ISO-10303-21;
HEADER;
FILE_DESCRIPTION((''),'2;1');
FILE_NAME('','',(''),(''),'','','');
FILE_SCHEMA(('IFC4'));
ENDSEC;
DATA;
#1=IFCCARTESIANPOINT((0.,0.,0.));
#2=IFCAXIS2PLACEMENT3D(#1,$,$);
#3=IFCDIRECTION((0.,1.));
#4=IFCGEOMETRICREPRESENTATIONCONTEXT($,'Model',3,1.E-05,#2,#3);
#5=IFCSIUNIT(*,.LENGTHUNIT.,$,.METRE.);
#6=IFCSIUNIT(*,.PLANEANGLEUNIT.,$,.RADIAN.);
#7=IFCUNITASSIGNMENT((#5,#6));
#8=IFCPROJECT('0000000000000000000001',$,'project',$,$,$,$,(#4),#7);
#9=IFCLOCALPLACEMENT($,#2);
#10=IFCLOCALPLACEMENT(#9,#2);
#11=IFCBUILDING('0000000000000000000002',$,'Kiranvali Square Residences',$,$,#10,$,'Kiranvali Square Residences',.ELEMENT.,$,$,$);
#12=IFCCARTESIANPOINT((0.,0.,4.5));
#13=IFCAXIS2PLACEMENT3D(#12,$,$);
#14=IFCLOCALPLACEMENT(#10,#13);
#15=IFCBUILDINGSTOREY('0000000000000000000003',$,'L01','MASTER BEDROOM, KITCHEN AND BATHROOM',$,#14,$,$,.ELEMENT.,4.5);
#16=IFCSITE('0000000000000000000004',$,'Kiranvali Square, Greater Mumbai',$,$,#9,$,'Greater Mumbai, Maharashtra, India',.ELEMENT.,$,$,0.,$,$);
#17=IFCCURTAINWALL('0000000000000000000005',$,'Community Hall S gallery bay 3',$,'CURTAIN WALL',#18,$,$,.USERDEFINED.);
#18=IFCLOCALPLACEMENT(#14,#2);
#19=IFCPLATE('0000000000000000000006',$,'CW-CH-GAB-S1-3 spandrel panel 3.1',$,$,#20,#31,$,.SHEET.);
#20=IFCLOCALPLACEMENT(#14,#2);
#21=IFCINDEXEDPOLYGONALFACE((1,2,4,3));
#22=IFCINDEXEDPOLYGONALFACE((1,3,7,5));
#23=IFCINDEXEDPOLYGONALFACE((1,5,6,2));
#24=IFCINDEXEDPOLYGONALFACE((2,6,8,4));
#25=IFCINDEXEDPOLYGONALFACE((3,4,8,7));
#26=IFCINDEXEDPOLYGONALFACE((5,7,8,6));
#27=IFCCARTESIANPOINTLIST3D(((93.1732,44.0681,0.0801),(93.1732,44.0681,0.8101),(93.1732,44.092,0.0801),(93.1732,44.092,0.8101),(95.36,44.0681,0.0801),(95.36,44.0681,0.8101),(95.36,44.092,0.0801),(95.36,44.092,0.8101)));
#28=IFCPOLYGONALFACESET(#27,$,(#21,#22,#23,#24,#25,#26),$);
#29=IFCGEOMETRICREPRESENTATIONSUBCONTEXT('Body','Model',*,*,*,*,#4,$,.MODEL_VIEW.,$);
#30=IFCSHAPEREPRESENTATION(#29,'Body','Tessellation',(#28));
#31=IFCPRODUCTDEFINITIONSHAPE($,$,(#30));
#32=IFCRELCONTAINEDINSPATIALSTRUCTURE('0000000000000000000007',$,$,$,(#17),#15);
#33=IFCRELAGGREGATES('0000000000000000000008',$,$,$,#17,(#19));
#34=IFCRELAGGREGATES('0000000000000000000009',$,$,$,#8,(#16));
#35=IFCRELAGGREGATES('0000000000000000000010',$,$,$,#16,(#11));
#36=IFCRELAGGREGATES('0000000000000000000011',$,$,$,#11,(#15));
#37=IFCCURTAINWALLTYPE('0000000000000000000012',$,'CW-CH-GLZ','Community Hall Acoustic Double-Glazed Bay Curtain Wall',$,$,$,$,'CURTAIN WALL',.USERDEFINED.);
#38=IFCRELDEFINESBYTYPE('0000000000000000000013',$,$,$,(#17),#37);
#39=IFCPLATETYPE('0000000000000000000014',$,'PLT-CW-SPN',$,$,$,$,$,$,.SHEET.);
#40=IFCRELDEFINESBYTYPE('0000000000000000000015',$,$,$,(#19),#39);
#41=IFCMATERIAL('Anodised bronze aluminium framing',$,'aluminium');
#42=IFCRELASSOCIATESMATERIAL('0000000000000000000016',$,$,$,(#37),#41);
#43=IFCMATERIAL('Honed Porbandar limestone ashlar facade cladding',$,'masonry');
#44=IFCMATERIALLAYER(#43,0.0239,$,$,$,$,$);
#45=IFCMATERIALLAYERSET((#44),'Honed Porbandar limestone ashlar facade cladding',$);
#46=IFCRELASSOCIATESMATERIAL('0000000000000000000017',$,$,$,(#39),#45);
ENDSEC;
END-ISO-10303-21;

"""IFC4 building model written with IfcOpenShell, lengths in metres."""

from ifc_helpers import new_model, si_unit, direction, frame, origin, origin_2d, place, context, subcontext, project, spatial, rectangle, extrude, material, layer, layer_set, type_object, element, aggregate, save


model = new_model("IFC4")

# Units and contexts
model_context = context("Model", 3, precision=1e-05, world=origin(), true_north=direction((0.0, 1.0)))
body_context = subcontext(model_context, "Body", "Model", "MODEL_VIEW")
ifc_project = project(units=[si_unit("LENGTHUNIT", "METRE"), si_unit("PLANEANGLEUNIT", "RADIAN")], contexts=[model_context])

# Site, building, storey
site_placement = place(None, origin())
site = spatial("IfcSite", under=ifc_project, at=site_placement, Name="Kiranvali Square, Greater Mumbai", LongName="Greater Mumbai, Maharashtra, India", CompositionType="ELEMENT", RefElevation=0.0)
building_placement = place(site_placement, origin())
building = spatial("IfcBuilding", under=site, at=building_placement, Name="Kiranvali Square Residences", LongName="Kiranvali Square Residences", CompositionType="ELEMENT")
storey_placement = place(building_placement, frame((0.0, 0.0, 4.5)))
storey = spatial("IfcBuildingStorey", under=building, at=storey_placement, Name="L01", Description="MASTER BEDROOM, KITCHEN AND BATHROOM", CompositionType="ELEMENT", Elevation=4.5)

# Shared definitions
ifc_material_1 = material(Name="Anodised bronze aluminium framing", Category="aluminium")
curtain_wall_type = type_object("IfcCurtainWallType", Name="CW-CH-GLZ", Description="Community Hall Acoustic Double-Glazed Bay Curtain Wall", ElementType="CURTAIN WALL", PredefinedType="USERDEFINED", material=ifc_material_1)

# Curtain wall
curtain_wall_1_placement = place(storey_placement, origin())
curtain_wall_1 = element("IfcCurtainWall", 1, at=curtain_wall_1_placement, inside=storey, type_object=curtain_wall_type, Name="Community Hall S gallery bay 3", ObjectType="CURTAIN WALL", PredefinedType="USERDEFINED")

# Plate
ifc_material_2 = material(Name="Honed Porbandar limestone ashlar facade cladding", Category="masonry")
ifc_layer_1 = layer(ifc_material_2, 0.0239)
ifc_layer_set_1 = layer_set([ifc_layer_1], Name="Honed Porbandar limestone ashlar facade cladding")
plate_type_1 = type_object("IfcPlateType", Name="PLT-CW-SPN", PredefinedType="SHEET", material=ifc_layer_set_1)
plate_1_placement = place(storey_placement, frame((94.2666, 44.0801, 0.0801), z_axis=(0.0, 0.0, 1.0), x_axis=(1.0, 0.0, 0.0)))
plate_1 = element("IfcPlate", 2, at=plate_1_placement, type_object=plate_type_1, Name="CW-CH-GAB-S1-3 spandrel panel 3.1", PredefinedType="SHEET", context=body_context, shape_type="SweptSolid", body=[
    extrude(rectangle(XDim=2.1868, YDim=0.0239, at=origin_2d()), origin(), (0.0, 0.0, 1.0), 0.73),
])
aggregate(curtain_wall_1, [plate_1])

save(model, "model.ifc")
